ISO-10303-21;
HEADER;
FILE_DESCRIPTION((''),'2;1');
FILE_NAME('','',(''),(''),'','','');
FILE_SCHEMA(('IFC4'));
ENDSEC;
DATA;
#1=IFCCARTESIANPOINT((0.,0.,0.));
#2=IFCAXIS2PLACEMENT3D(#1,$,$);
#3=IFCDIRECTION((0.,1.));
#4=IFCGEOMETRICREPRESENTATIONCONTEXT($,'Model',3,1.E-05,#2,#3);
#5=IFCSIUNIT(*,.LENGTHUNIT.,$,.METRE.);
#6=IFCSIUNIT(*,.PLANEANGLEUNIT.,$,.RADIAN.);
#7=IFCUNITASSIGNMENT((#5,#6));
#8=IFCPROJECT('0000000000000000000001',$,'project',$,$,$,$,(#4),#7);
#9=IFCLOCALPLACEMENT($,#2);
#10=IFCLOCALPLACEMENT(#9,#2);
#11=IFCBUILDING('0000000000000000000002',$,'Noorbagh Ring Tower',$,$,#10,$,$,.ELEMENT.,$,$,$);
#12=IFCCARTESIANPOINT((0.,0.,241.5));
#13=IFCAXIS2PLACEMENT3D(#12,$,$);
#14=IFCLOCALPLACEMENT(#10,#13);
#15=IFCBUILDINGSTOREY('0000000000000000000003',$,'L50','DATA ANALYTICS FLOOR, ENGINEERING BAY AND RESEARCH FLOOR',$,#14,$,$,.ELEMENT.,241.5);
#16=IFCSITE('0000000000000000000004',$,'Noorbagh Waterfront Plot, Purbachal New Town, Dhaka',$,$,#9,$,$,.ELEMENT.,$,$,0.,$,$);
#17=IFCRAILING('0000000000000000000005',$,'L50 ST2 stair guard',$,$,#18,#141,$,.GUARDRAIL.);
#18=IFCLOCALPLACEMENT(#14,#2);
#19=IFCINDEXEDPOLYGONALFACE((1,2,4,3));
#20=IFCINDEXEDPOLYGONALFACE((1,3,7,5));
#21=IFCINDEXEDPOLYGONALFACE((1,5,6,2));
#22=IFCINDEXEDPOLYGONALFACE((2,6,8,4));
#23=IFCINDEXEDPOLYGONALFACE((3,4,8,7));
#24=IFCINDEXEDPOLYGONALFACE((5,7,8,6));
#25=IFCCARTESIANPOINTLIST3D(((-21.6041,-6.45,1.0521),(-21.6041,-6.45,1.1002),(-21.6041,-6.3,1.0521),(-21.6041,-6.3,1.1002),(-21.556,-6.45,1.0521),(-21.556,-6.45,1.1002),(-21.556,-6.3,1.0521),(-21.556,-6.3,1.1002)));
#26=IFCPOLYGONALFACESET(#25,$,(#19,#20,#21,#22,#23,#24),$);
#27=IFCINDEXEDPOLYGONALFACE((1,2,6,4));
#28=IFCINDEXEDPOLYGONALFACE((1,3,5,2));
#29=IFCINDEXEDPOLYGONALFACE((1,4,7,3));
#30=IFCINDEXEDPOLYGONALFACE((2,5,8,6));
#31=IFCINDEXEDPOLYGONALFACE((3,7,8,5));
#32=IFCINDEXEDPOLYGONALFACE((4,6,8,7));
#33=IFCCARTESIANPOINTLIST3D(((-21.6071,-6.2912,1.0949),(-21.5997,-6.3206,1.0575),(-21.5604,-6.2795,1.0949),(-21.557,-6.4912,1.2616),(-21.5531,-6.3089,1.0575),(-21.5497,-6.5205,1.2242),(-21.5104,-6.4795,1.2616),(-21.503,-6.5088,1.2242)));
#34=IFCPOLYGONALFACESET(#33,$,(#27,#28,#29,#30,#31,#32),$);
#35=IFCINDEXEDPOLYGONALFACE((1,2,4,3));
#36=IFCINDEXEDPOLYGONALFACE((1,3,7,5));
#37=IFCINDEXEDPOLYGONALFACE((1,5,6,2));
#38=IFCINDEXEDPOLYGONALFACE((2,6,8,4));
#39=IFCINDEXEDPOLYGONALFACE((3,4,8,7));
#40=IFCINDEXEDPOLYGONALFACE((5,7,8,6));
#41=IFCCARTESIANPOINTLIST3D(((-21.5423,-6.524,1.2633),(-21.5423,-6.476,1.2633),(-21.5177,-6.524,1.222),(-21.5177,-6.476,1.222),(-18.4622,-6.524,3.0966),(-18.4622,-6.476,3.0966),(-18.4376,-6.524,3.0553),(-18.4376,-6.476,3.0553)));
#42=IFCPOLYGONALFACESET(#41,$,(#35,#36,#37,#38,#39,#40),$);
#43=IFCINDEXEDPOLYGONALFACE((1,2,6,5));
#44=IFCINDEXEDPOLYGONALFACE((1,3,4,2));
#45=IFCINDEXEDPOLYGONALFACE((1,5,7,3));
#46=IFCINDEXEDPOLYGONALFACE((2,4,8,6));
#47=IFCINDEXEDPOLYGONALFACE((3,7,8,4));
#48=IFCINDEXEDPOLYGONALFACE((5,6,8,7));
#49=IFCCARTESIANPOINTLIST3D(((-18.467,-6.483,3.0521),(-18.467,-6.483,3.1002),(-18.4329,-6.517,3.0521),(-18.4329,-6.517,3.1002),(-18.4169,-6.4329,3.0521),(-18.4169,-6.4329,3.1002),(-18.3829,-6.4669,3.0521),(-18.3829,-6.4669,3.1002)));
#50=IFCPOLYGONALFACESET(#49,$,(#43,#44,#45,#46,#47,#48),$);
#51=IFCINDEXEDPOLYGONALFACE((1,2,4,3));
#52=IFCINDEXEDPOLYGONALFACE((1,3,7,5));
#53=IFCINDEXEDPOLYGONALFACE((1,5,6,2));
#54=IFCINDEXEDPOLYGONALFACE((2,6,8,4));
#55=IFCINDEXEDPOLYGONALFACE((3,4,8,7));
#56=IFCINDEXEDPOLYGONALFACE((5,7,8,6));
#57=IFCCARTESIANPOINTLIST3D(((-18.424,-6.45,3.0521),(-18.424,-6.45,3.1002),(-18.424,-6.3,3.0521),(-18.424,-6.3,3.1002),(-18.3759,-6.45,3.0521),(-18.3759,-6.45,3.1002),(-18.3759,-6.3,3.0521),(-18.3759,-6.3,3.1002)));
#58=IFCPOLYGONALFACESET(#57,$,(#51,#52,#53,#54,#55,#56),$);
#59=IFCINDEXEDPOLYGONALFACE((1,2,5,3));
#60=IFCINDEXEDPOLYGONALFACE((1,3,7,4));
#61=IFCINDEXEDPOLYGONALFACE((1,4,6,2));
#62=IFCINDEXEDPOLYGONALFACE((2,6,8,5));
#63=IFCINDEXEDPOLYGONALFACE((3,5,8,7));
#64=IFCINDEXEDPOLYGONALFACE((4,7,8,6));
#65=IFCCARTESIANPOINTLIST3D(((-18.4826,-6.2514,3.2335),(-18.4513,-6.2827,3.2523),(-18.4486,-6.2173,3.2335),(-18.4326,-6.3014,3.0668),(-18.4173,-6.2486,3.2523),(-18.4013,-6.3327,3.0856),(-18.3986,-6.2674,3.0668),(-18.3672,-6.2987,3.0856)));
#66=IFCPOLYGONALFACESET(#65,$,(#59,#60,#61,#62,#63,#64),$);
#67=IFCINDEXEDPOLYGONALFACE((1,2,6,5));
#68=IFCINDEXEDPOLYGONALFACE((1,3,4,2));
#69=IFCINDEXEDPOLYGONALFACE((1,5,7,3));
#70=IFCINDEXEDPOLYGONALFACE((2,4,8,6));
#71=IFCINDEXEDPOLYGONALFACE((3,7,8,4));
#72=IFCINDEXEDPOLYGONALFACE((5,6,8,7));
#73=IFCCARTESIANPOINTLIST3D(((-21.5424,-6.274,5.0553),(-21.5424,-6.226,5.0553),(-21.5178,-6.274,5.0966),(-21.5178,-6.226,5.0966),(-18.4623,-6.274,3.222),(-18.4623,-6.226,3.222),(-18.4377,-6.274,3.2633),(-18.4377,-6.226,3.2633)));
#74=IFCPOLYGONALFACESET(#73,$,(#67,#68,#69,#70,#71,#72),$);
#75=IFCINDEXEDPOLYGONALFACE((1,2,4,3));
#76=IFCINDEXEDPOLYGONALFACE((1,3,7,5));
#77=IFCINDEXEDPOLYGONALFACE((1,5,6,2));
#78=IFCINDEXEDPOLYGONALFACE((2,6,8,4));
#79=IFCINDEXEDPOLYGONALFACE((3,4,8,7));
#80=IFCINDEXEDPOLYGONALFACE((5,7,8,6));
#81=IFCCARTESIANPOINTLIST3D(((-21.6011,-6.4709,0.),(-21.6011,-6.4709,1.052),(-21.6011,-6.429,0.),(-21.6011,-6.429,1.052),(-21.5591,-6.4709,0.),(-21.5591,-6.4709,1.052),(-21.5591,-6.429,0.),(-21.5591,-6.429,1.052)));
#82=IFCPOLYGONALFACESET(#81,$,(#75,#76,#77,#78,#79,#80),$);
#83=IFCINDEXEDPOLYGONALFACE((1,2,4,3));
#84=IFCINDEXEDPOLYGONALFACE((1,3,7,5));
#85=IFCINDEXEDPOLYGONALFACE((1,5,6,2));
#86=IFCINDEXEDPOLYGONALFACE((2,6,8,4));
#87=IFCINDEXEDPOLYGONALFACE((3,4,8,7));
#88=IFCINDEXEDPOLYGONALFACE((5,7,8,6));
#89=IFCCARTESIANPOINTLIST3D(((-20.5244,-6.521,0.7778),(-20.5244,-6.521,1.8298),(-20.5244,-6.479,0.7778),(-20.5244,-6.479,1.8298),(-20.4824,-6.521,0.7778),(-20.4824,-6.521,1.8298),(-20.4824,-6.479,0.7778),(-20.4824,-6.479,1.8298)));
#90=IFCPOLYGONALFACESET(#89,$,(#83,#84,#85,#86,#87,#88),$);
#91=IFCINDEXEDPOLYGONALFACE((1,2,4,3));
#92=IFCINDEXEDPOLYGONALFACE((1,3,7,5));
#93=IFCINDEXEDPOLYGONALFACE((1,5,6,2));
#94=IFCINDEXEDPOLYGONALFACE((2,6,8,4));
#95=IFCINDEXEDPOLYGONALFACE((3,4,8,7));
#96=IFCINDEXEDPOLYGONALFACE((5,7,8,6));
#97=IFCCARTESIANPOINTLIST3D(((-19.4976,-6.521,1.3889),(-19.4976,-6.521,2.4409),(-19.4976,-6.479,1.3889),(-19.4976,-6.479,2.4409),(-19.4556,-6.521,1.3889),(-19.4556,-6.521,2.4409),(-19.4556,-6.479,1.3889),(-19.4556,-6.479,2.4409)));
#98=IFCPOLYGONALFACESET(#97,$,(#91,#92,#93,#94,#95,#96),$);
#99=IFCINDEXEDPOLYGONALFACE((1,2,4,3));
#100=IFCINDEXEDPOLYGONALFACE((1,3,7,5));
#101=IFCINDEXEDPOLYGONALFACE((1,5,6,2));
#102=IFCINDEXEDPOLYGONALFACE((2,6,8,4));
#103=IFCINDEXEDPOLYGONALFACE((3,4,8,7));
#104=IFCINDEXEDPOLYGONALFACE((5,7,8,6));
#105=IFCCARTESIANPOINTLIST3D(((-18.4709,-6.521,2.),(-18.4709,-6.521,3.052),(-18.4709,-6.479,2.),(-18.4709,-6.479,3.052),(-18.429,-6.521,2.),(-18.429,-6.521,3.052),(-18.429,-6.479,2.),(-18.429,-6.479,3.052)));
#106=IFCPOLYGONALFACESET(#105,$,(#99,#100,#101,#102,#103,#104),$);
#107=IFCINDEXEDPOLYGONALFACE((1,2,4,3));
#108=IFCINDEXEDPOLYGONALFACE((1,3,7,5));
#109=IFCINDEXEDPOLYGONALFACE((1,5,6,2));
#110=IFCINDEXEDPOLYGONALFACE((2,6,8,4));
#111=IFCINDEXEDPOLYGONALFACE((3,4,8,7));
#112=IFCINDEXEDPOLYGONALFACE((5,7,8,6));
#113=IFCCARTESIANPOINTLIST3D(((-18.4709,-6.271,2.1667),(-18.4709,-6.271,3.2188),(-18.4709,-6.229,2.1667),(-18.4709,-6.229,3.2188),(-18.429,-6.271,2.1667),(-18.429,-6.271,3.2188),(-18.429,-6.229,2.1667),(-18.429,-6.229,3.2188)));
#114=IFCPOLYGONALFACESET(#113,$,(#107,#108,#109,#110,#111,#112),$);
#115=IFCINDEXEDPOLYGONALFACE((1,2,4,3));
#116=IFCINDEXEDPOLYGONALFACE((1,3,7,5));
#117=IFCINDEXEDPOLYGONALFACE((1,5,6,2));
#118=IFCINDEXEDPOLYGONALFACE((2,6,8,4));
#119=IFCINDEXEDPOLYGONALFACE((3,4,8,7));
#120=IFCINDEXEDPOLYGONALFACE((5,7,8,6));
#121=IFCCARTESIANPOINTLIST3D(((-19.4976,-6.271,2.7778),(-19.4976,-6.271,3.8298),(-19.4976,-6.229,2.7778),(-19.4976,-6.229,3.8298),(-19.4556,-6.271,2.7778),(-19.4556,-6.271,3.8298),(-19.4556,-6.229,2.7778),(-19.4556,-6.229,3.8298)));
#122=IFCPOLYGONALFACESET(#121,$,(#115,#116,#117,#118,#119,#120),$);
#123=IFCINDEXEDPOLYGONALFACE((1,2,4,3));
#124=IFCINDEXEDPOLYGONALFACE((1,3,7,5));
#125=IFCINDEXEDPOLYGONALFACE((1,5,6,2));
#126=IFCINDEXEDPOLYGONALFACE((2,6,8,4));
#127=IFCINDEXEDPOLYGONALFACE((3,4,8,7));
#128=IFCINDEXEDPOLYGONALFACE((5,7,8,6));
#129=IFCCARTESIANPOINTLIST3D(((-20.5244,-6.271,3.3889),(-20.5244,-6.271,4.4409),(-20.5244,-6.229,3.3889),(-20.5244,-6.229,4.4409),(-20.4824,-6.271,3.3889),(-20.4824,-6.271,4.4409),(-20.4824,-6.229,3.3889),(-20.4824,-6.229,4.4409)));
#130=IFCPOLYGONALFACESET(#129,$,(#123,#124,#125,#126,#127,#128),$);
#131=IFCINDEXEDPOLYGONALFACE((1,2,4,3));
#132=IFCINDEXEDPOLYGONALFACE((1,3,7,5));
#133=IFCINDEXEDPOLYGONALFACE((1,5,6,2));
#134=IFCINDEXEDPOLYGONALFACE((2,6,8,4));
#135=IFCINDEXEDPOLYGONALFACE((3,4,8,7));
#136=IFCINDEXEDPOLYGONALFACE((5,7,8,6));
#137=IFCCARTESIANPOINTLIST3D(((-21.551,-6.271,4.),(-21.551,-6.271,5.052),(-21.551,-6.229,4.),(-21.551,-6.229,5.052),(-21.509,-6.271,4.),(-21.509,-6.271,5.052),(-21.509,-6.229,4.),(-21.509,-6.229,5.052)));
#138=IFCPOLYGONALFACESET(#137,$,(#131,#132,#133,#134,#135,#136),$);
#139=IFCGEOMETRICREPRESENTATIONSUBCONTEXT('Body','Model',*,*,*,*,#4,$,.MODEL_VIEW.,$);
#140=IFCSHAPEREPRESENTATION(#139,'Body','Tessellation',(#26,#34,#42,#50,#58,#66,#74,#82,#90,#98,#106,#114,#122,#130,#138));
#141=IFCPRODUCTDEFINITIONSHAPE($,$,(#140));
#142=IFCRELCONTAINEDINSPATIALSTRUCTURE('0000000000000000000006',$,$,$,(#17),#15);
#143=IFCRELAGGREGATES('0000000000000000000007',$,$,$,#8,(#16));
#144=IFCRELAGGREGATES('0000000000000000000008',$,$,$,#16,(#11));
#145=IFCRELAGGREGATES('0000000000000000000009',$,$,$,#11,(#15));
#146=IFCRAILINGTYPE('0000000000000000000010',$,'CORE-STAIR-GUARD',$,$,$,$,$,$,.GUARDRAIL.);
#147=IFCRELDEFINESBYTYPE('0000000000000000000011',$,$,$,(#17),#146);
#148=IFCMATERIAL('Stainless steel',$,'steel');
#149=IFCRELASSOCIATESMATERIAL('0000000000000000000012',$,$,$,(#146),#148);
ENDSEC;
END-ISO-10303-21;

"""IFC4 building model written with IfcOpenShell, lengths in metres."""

from ifc_helpers import new_model, si_unit, direction, frame, origin, origin_2d, place, context, subcontext, project, spatial, rectangle, extrude, material, type_object, element, save


model = new_model("IFC4")

# Units and contexts
model_context = context("Model", 3, precision=1e-05, world=origin(), true_north=direction((0.0, 1.0)))
body_context = subcontext(model_context, "Body", "Model", "MODEL_VIEW")
ifc_project = project(units=[si_unit("LENGTHUNIT", "METRE"), si_unit("PLANEANGLEUNIT", "RADIAN")], contexts=[model_context])

# Site, building, storey
site_placement = place(None, origin())
site = spatial("IfcSite", under=ifc_project, at=site_placement, Name="Noorbagh Waterfront Plot, Purbachal New Town, Dhaka", CompositionType="ELEMENT", RefElevation=0.0)
building_placement = place(site_placement, origin())
building = spatial("IfcBuilding", under=site, at=building_placement, Name="Noorbagh Ring Tower", CompositionType="ELEMENT")
storey_placement = place(building_placement, frame((0.0, 0.0, 241.5)))
storey = spatial("IfcBuildingStorey", under=building, at=storey_placement, Name="L50", Description="DATA ANALYTICS FLOOR, ENGINEERING BAY AND RESEARCH FLOOR", CompositionType="ELEMENT", Elevation=241.5)

# Railing
ifc_material_1 = material(Name="Stainless steel", Category="steel")
railing_type_1 = type_object("IfcRailingType", Name="CORE-STAIR-GUARD", PredefinedType="GUARDRAIL", material=ifc_material_1)
railing_1_placement = place(storey_placement, frame((-21.5801, -6.45, 0.0)))
element("IfcRailing", 1, at=railing_1_placement, inside=storey, type_object=railing_type_1, Name="L50 ST2 stair guard", PredefinedType="GUARDRAIL", context=body_context, shape_type="SweptSolid", body=[
    extrude(rectangle(XDim=0.0481, YDim=0.0481, at=origin_2d()), frame((0.0, 0.0, 1.0762), z_axis=(0.0, 1.0, 0.0), x_axis=(-1.0, 0.0, 0.0)), (0.0, 0.0, 1.0), 0.1499),
    extrude(rectangle(XDim=0.0481, YDim=0.0481, at=origin_2d()), frame((0.0, 0.1499, 1.0762), z_axis=(0.188776, -0.754182, 0.628946), x_axis=(0.970073, 0.242814, 0.0)), (0.0, 0.0, 1.0), 0.2651),
    extrude(rectangle(XDim=0.0481, YDim=0.0481, at=origin_2d()), frame((0.05, -0.05, 1.2427), z_axis=(0.859309, 0.0, 0.511458), x_axis=(0.0, 1.0, 0.0)), (0.0, 0.0, 1.0), 3.5845),
    extrude(rectangle(XDim=0.0481, YDim=0.0481, at=origin_2d()), frame((3.1301, -0.05, 3.0762), z_axis=(0.707107, 0.707107, 0.0), x_axis=(-0.707107, 0.707107, 0.0)), (0.0, 0.0, 1.0), 0.0708),
    extrude(rectangle(XDim=0.0481, YDim=0.0481, at=origin_2d()), frame((3.1802, 0.0, 3.0762), z_axis=(0.0, 1.0, 0.0), x_axis=(-1.0, 0.0, 0.0)), (0.0, 0.0, 1.0), 0.1499),
    extrude(rectangle(XDim=0.0481, YDim=0.0481, at=origin_2d()), frame((3.1802, 0.1499, 3.0762), z_axis=(-0.276287, 0.276287, 0.920506), x_axis=(-0.707107, -0.707107, 0.0)), (0.0, 0.0, 1.0), 0.1812),
    extrude(rectangle(XDim=0.0481, YDim=0.0481, at=origin_2d()), frame((3.1301, 0.2, 3.2427), z_axis=(-0.859309, 0.0, 0.511458), x_axis=(0.0, -1.0, 0.0)), (0.0, 0.0, 1.0), 3.5845),
    extrude(rectangle(XDim=0.042, YDim=0.042, at=origin_2d()), origin(), (0.0, 0.0, 1.0), 1.052),
    extrude(rectangle(XDim=0.042, YDim=0.042, at=origin_2d()), frame((1.0767, -0.05, 0.7778)), (0.0, 0.0, 1.0), 1.052),
    extrude(rectangle(XDim=0.042, YDim=0.042, at=origin_2d()), frame((2.1035, -0.05, 1.3889)), (0.0, 0.0, 1.0), 1.052),
    extrude(rectangle(XDim=0.042, YDim=0.042, at=origin_2d()), frame((3.1301, -0.05, 2.0)), (0.0, 0.0, 1.0), 1.052),
    extrude(rectangle(XDim=0.042, YDim=0.042, at=origin_2d()), frame((3.1301, 0.2, 2.1667)), (0.0, 0.0, 1.0), 1.052),
    extrude(rectangle(XDim=0.042, YDim=0.042, at=origin_2d()), frame((2.1035, 0.2, 2.7778)), (0.0, 0.0, 1.0), 1.052),
    extrude(rectangle(XDim=0.042, YDim=0.042, at=origin_2d()), frame((1.0767, 0.2, 3.3889)), (0.0, 0.0, 1.0), 1.052),
    extrude(rectangle(XDim=0.042, YDim=0.042, at=origin_2d()), frame((0.05, 0.2, 4.0)), (0.0, 0.0, 1.0), 1.052),
])

save(model, "model.ifc")
